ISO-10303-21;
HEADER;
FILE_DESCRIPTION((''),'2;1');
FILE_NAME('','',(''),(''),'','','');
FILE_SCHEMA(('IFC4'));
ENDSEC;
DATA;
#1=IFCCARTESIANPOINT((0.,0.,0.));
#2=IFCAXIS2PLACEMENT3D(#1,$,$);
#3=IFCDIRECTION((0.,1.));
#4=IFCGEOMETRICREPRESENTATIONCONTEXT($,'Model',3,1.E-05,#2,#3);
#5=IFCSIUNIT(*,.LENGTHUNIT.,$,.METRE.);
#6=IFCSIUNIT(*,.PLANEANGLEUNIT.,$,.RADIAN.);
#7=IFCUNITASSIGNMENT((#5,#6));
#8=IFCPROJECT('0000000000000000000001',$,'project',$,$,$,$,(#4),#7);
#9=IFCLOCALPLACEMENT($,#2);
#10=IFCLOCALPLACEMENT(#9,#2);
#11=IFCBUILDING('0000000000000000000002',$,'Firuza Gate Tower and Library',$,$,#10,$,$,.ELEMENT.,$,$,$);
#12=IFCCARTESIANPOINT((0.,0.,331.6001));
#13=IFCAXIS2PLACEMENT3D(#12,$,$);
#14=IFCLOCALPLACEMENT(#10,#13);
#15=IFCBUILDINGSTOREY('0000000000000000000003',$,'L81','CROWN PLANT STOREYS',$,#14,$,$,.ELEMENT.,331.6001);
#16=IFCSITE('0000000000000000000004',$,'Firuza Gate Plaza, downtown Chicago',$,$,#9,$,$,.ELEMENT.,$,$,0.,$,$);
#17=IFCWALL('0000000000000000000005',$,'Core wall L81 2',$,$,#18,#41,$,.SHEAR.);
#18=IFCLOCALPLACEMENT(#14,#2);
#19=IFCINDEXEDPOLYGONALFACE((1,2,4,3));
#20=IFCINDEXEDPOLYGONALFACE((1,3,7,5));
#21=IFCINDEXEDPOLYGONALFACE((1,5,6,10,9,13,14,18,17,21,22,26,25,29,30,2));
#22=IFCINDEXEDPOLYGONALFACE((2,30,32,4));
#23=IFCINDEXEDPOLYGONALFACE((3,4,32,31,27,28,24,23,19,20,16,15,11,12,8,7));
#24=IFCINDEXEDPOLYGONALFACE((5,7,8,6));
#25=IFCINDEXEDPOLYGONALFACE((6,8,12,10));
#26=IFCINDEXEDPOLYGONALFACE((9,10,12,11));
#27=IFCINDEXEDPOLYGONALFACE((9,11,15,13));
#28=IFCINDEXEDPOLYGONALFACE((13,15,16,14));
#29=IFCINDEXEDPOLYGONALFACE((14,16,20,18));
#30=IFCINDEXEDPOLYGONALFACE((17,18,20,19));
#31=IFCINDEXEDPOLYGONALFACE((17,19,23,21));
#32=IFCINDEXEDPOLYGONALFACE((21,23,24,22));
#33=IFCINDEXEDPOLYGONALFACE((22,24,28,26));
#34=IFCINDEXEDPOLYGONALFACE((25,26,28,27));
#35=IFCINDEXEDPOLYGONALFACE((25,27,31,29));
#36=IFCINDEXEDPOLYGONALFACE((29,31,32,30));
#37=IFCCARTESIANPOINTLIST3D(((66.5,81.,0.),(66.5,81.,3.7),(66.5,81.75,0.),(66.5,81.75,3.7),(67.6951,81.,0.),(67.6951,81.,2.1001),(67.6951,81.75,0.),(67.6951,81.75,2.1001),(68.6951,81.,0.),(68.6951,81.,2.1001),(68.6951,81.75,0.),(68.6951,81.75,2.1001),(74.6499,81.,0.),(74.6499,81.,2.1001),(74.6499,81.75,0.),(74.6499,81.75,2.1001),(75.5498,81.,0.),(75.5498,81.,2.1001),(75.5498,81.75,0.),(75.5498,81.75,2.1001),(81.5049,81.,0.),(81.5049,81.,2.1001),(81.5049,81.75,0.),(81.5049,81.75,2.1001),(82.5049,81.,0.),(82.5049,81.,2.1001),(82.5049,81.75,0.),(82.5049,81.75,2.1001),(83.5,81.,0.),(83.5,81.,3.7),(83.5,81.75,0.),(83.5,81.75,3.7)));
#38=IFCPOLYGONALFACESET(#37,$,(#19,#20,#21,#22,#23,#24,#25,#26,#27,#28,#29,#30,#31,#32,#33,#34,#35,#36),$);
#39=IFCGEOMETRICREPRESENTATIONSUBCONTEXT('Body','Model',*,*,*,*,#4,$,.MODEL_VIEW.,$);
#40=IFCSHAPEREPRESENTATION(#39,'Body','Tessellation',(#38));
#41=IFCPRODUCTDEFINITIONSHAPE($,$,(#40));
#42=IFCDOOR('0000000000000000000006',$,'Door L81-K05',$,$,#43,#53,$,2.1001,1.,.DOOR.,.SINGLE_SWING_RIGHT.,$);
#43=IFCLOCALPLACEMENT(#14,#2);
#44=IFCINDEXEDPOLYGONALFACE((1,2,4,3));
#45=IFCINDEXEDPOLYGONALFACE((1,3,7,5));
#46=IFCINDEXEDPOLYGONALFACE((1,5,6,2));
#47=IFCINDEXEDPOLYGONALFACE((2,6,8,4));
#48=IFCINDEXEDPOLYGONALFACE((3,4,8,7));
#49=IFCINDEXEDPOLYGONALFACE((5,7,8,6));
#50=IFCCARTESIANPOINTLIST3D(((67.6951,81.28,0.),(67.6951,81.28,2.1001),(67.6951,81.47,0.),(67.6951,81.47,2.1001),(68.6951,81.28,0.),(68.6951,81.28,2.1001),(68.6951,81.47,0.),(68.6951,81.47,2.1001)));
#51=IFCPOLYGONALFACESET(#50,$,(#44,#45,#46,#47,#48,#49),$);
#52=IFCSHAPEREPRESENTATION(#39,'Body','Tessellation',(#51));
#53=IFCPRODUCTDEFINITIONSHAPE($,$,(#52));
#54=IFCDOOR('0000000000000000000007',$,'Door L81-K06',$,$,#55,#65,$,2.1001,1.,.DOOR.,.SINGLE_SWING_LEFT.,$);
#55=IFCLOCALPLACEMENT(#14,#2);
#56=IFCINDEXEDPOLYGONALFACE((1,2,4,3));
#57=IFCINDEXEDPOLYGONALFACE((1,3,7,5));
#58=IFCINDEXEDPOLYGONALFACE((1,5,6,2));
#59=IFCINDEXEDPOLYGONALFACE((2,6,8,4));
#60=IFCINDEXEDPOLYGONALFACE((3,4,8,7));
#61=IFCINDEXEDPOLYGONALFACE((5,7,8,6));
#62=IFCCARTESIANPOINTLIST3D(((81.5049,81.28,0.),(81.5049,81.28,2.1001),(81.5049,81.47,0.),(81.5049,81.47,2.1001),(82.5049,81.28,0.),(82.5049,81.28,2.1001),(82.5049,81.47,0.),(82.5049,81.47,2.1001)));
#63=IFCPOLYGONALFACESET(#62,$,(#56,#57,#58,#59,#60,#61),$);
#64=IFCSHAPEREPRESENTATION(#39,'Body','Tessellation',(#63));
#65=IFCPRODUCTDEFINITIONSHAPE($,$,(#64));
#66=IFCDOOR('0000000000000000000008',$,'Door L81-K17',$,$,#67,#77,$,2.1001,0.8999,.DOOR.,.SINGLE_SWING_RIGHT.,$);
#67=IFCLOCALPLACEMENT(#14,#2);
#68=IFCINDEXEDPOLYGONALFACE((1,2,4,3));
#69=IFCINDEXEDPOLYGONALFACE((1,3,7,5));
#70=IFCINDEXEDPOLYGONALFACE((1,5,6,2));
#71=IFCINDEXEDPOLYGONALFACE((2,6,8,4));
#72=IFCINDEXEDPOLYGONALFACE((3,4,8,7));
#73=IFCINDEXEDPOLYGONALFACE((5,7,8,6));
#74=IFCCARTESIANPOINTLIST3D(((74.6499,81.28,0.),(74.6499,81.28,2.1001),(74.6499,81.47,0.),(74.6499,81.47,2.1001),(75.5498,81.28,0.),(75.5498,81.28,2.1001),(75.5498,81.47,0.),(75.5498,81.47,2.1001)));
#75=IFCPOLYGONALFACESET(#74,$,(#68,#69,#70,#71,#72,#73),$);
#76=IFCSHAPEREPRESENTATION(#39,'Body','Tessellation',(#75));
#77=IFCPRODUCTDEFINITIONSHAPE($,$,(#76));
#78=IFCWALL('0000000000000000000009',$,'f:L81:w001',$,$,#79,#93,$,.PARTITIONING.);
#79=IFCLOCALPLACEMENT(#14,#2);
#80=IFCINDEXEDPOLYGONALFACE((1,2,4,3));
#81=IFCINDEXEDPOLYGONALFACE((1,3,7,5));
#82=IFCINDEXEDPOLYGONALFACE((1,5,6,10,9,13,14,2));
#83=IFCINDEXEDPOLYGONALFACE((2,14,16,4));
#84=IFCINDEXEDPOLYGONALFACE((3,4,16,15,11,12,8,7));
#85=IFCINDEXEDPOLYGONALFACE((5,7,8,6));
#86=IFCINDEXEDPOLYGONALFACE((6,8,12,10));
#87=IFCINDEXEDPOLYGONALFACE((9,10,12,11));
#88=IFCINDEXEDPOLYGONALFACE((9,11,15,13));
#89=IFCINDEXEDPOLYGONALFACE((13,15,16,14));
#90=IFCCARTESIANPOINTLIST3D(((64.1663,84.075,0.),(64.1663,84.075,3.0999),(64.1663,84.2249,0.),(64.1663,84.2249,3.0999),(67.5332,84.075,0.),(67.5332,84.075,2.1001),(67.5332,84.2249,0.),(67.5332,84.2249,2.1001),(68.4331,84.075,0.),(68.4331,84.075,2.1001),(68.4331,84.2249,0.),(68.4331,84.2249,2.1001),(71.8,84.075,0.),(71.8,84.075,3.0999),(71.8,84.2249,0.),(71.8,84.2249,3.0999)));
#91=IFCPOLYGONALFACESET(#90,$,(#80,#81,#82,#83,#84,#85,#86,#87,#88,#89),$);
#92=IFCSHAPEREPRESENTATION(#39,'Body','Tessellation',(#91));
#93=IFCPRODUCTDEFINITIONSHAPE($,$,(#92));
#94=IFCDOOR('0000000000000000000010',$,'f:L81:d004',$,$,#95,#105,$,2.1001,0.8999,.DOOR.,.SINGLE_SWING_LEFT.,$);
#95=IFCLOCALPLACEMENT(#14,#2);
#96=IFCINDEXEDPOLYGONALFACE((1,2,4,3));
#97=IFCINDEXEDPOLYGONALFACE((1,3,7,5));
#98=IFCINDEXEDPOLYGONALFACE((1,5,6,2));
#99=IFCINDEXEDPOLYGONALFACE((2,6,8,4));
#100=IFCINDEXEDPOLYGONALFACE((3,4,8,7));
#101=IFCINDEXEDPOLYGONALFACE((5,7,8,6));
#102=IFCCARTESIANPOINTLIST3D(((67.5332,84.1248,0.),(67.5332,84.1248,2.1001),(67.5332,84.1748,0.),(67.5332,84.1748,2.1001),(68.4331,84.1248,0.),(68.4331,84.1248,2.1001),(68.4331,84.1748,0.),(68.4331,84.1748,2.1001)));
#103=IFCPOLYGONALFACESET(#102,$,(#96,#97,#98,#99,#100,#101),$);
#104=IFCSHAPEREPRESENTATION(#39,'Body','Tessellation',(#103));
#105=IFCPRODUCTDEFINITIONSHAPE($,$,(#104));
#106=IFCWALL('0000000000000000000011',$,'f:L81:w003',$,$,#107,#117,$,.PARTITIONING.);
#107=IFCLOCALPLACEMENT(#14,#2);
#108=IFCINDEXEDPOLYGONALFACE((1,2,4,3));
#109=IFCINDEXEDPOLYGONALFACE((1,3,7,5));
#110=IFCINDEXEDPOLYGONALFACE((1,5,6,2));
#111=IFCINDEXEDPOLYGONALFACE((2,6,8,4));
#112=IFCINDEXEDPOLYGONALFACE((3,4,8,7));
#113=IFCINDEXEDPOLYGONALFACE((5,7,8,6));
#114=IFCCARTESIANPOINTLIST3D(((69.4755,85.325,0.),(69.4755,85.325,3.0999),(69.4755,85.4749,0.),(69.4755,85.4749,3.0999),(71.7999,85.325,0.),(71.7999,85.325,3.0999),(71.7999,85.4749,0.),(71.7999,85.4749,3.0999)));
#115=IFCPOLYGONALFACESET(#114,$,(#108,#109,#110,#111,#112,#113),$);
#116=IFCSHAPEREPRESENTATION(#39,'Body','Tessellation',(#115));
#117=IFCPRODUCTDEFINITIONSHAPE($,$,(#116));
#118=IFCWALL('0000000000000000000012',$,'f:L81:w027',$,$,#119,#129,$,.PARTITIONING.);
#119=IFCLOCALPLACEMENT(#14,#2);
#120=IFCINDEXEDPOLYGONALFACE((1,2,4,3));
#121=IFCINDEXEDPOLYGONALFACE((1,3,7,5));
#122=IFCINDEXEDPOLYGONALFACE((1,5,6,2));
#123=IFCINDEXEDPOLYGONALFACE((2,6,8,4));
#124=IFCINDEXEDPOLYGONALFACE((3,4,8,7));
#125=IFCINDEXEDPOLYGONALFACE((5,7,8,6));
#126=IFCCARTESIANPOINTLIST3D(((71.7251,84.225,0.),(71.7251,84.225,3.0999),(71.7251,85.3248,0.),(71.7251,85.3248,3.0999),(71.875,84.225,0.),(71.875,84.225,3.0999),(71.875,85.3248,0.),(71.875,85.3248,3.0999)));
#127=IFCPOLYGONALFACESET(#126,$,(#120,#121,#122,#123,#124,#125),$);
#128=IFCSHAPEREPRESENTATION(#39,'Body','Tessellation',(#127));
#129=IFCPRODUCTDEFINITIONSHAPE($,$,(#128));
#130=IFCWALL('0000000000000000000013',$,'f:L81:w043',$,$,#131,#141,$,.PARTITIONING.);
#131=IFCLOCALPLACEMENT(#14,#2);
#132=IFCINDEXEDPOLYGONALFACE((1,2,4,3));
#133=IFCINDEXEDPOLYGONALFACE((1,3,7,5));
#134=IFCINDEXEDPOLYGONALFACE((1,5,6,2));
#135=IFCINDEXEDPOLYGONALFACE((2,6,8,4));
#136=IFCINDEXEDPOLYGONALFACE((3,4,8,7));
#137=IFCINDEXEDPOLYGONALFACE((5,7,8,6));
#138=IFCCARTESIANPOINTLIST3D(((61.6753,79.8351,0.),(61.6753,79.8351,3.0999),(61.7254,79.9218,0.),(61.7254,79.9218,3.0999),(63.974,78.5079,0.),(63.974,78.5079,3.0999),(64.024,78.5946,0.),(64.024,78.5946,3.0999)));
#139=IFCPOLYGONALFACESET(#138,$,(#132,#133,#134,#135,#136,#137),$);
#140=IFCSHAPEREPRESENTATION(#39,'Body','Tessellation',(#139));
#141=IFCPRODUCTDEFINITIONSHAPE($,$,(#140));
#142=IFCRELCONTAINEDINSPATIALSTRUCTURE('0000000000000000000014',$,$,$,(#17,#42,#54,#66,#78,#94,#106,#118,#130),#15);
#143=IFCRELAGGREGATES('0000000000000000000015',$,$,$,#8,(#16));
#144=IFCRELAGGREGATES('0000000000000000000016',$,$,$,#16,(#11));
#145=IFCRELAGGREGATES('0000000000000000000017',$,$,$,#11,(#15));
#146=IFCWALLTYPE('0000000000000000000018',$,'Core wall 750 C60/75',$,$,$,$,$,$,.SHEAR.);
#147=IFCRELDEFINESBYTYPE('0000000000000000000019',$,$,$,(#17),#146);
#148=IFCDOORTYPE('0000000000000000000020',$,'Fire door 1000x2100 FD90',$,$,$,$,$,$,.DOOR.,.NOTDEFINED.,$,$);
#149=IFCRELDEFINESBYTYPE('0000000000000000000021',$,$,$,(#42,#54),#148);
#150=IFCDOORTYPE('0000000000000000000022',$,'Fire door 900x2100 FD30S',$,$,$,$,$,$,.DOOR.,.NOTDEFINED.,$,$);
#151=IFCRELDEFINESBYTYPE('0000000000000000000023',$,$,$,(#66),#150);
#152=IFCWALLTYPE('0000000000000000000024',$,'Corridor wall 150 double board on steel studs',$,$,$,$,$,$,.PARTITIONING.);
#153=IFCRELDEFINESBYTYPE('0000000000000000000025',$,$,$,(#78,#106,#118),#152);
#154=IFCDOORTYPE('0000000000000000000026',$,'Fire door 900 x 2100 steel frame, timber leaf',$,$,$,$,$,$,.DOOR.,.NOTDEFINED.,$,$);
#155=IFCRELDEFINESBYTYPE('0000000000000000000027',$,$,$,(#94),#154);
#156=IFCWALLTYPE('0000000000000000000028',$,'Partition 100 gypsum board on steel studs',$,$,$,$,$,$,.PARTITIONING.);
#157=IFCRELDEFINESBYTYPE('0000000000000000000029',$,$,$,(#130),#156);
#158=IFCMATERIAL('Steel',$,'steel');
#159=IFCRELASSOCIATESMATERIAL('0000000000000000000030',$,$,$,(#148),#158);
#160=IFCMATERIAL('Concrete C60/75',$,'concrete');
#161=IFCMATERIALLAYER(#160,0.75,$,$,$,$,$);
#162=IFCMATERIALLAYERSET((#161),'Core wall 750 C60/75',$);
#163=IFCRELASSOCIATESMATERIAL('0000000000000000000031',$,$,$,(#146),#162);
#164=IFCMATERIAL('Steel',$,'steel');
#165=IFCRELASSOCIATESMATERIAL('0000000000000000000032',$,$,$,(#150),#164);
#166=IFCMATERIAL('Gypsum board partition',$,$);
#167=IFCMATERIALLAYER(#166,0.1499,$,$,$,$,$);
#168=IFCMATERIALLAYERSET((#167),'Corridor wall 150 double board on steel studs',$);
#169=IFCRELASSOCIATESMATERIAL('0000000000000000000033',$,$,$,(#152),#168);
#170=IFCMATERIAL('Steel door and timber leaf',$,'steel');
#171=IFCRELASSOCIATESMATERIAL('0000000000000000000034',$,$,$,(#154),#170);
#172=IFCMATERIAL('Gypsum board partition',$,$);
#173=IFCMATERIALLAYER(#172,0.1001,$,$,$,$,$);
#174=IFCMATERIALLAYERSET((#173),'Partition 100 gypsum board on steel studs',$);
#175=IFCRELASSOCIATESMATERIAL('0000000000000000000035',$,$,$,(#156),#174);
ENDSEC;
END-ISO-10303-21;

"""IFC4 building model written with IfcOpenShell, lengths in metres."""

from ifc_helpers import new_model, si_unit, direction, frame, frame_2d, origin, place, context, subcontext, project, spatial, rectangle, extrude, material, layer, layer_set, type_object, element, fill, save


model = new_model("IFC4")

# Units and contexts
model_context = context("Model", 3, precision=1e-05, world=origin(), true_north=direction((0.0, 1.0)))
body_context = subcontext(model_context, "Body", "Model", "MODEL_VIEW")
ifc_project = project(units=[si_unit("LENGTHUNIT", "METRE"), si_unit("PLANEANGLEUNIT", "RADIAN")], contexts=[model_context])

# Site, building, storey
site_placement = place(None, origin())
site = spatial("IfcSite", under=ifc_project, at=site_placement, Name="Firuza Gate Plaza, downtown Chicago", CompositionType="ELEMENT", RefElevation=0.0)
building_placement = place(site_placement, origin())
building = spatial("IfcBuilding", under=site, at=building_placement, Name="Firuza Gate Tower and Library", CompositionType="ELEMENT")
storey_placement = place(building_placement, frame((0.0, 0.0, 331.6001)))
storey = spatial("IfcBuildingStorey", under=building, at=storey_placement, Name="L81", Description="CROWN PLANT STOREYS", CompositionType="ELEMENT", Elevation=331.6001)

# Shared definitions
ifc_material_1 = material(Name="Steel", Category="steel")
door_type_1 = type_object("IfcDoorType", Name="Fire door 1000x2100 FD90", OperationType="NOTDEFINED", PredefinedType="DOOR", material=ifc_material_1)

# Wall, openings, doors
ifc_material_2 = material(Name="Concrete C60/75", Category="concrete")
ifc_layer_1 = layer(ifc_material_2, 0.75)
ifc_layer_set_1 = layer_set([ifc_layer_1], Name="Core wall 750 C60/75")
wall_type_1 = type_object("IfcWallType", Name="Core wall 750 C60/75", PredefinedType="SHEAR", material=ifc_layer_set_1)
wall_1_placement = place(storey_placement, frame((66.5, 81.375, 0.0), z_axis=(0.0, 0.0, 1.0), x_axis=(1.0, 0.0, 0.0)))
wall_1 = element("IfcWall", 1, at=wall_1_placement, inside=storey, type_object=wall_type_1, Name="Core wall L81 2", PredefinedType="SHEAR", context=body_context, shape_type="SweptSolid", body=[
    extrude(rectangle(XDim=17.0, YDim=0.75, at=frame_2d((8.5, 0.0))), origin(), (0.0, 0.0, 1.0), 3.7),
])
opening_1_placement = place(wall_1_placement, frame((1.1951, 0.0, 0.0)))
opening_1 = element("IfcOpeningElement", 2, at=opening_1_placement, cuts=wall_1, PredefinedType="OPENING", context=body_context, shape_type="SweptSolid", body=[
    extrude(rectangle(XDim=1.0, YDim=2.1001, at=frame_2d((0.5, 1.05))), frame((0.0, 0.385, 0.0), z_axis=(0.0, -1.0, 0.0), x_axis=(1.0, 0.0, 0.0)), (0.0, 0.0, 1.0), 0.77),
])
opening_2_placement = place(wall_1_placement, frame((15.0049, 0.0, 0.0)))
opening_2 = element("IfcOpeningElement", 3, at=opening_2_placement, cuts=wall_1, PredefinedType="OPENING", context=body_context, shape_type="SweptSolid", body=[
    extrude(rectangle(XDim=1.0, YDim=2.1001, at=frame_2d((0.5, 1.05))), frame((0.0, 0.385, 0.0), z_axis=(0.0, -1.0, 0.0), x_axis=(1.0, 0.0, 0.0)), (0.0, 0.0, 1.0), 0.77),
])
opening_3_placement = place(wall_1_placement, frame((8.1499, 0.0, 0.0)))
opening_3 = element("IfcOpeningElement", 4, at=opening_3_placement, cuts=wall_1, PredefinedType="OPENING", context=body_context, shape_type="SweptSolid", body=[
    extrude(rectangle(XDim=0.8999, YDim=2.1001, at=frame_2d((0.45, 1.05))), frame((0.0, 0.385, 0.0), z_axis=(0.0, -1.0, 0.0), x_axis=(1.0, 0.0, 0.0)), (0.0, 0.0, 1.0), 0.77),
])
door_1_placement = place(opening_1_placement, origin())
door_1 = element("IfcDoor", 5, at=door_1_placement, inside=storey, type_object=door_type_1, Name="Door L81-K05", OperationType="SINGLE_SWING_RIGHT", OverallHeight=2.1001, OverallWidth=1.0, PredefinedType="DOOR", context=body_context, shape_type="SweptSolid", body=[
    extrude(rectangle(XDim=1.0, YDim=2.1001, at=frame_2d((0.5, 1.05))), frame((0.0, 0.095, 0.0), z_axis=(0.0, -1.0, 0.0), x_axis=(1.0, 0.0, 0.0)), (0.0, 0.0, 1.0), 0.1899),
])
fill(opening_1, door_1)
door_2_placement = place(opening_2_placement, origin())
door_2 = element("IfcDoor", 6, at=door_2_placement, inside=storey, type_object=door_type_1, Name="Door L81-K06", OperationType="SINGLE_SWING_LEFT", OverallHeight=2.1001, OverallWidth=1.0, PredefinedType="DOOR", context=body_context, shape_type="SweptSolid", body=[
    extrude(rectangle(XDim=1.0, YDim=2.1001, at=frame_2d((0.5, 1.05))), frame((0.0, 0.095, 0.0), z_axis=(0.0, -1.0, 0.0), x_axis=(1.0, 0.0, 0.0)), (0.0, 0.0, 1.0), 0.1899),
])
fill(opening_2, door_2)
ifc_material_3 = material(Name="Steel", Category="steel")
door_type_2 = type_object("IfcDoorType", Name="Fire door 900x2100 FD30S", OperationType="NOTDEFINED", PredefinedType="DOOR", material=ifc_material_3)
door_3_placement = place(opening_3_placement, origin())
door_3 = element("IfcDoor", 7, at=door_3_placement, inside=storey, type_object=door_type_2, Name="Door L81-K17", OperationType="SINGLE_SWING_RIGHT", OverallHeight=2.1001, OverallWidth=0.8999, PredefinedType="DOOR", context=body_context, shape_type="SweptSolid", body=[
    extrude(rectangle(XDim=0.8999, YDim=2.1001, at=frame_2d((0.45, 1.05))), frame((0.0, 0.095, 0.0), z_axis=(0.0, -1.0, 0.0), x_axis=(1.0, 0.0, 0.0)), (0.0, 0.0, 1.0), 0.1899),
])
fill(opening_3, door_3)

# Wall, opening, door
ifc_material_4 = material(Name="Gypsum board partition")
ifc_layer_2 = layer(ifc_material_4, 0.1499)
ifc_layer_set_2 = layer_set([ifc_layer_2], Name="Corridor wall 150 double board on steel studs")
wall_type_2 = type_object("IfcWallType", Name="Corridor wall 150 double board on steel studs", PredefinedType="PARTITIONING", material=ifc_layer_set_2)
wall_2_placement = place(storey_placement, frame((64.1663, 84.1499, 0.0), z_axis=(0.0, 0.0, 1.0), x_axis=(1.0, 0.0, 0.0)))
wall_2 = element("IfcWall", 8, at=wall_2_placement, inside=storey, type_object=wall_type_2, Name="f:L81:w001", PredefinedType="PARTITIONING", context=body_context, shape_type="SweptSolid", body=[
    extrude(rectangle(XDim=7.6338, YDim=0.1499, at=frame_2d((3.8169, 0.0))), origin(), (0.0, 0.0, 1.0), 3.0999),
])
opening_4_placement = place(wall_2_placement, frame((3.3669, 0.0, 0.0)))
opening_4 = element("IfcOpeningElement", 9, at=opening_4_placement, cuts=wall_2, PredefinedType="OPENING", context=body_context, shape_type="SweptSolid", body=[
    extrude(rectangle(XDim=0.8999, YDim=2.1001, at=frame_2d((0.45, 1.05))), frame((0.0, 0.085, 0.0), z_axis=(0.0, -1.0, 0.0), x_axis=(1.0, 0.0, 0.0)), (0.0, 0.0, 1.0), 0.1699),
])
ifc_material_5 = material(Name="Steel door and timber leaf", Category="steel")
door_type_3 = type_object("IfcDoorType", Name="Fire door 900 x 2100 steel frame, timber leaf", OperationType="NOTDEFINED", PredefinedType="DOOR", material=ifc_material_5)
door_4_placement = place(opening_4_placement, origin())
door_4 = element("IfcDoor", 10, at=door_4_placement, inside=storey, type_object=door_type_3, Name="f:L81:d004", OperationType="SINGLE_SWING_LEFT", OverallHeight=2.1001, OverallWidth=0.8999, PredefinedType="DOOR", context=body_context, shape_type="SweptSolid", body=[
    extrude(rectangle(XDim=0.8999, YDim=2.1001, at=frame_2d((0.45, 1.05))), frame((0.0, 0.0249, 0.0), z_axis=(0.0, -1.0, 0.0), x_axis=(1.0, 0.0, 0.0)), (0.0, 0.0, 1.0), 0.05),
])
fill(opening_4, door_4)

# Walls
wall_3_placement = place(storey_placement, frame((69.4756, 85.3999, 0.0), z_axis=(0.0, 0.0, 1.0), x_axis=(1.0, 0.0, 0.0)))
element("IfcWall", 11, at=wall_3_placement, inside=storey, type_object=wall_type_2, Name="f:L81:w003", PredefinedType="PARTITIONING", context=body_context, shape_type="SweptSolid", body=[
    extrude(rectangle(XDim=2.3245, YDim=0.1499, at=frame_2d((1.1621, 0.0))), origin(), (0.0, 0.0, 1.0), 3.0999),
])
wall_4_placement = place(storey_placement, frame((71.8, 84.2251, 0.0), z_axis=(0.0, 0.0, 1.0), x_axis=(0.0, 1.0, 0.0)))
element("IfcWall", 12, at=wall_4_placement, inside=storey, type_object=wall_type_2, Name="f:L81:w027", PredefinedType="PARTITIONING", context=body_context, shape_type="SweptSolid", body=[
    extrude(rectangle(XDim=1.0999, YDim=0.1499, at=frame_2d((0.5498, 0.0))), origin(), (0.0, 0.0, 1.0), 3.0999),
])
ifc_material_6 = material(Name="Gypsum board partition")
ifc_layer_3 = layer(ifc_material_6, 0.1001)
ifc_layer_set_3 = layer_set([ifc_layer_3], Name="Partition 100 gypsum board on steel studs")
wall_type_3 = type_object("IfcWallType", Name="Partition 100 gypsum board on steel studs", PredefinedType="PARTITIONING", material=ifc_layer_set_3)
wall_5_placement = place(storey_placement, frame((63.999, 78.5513, 0.0), z_axis=(0.0, 0.0, 1.0), x_axis=(-0.866016, 0.500017, 0.0)))
element("IfcWall", 13, at=wall_5_placement, inside=storey, type_object=wall_type_3, Name="f:L81:w043", PredefinedType="PARTITIONING", context=body_context, shape_type="SweptSolid", body=[
    extrude(rectangle(XDim=2.6543, YDim=0.1001, at=frame_2d((1.3271, 0.0))), origin(), (0.0, 0.0, 1.0), 3.0999),
])

save(model, "model.ifc")
